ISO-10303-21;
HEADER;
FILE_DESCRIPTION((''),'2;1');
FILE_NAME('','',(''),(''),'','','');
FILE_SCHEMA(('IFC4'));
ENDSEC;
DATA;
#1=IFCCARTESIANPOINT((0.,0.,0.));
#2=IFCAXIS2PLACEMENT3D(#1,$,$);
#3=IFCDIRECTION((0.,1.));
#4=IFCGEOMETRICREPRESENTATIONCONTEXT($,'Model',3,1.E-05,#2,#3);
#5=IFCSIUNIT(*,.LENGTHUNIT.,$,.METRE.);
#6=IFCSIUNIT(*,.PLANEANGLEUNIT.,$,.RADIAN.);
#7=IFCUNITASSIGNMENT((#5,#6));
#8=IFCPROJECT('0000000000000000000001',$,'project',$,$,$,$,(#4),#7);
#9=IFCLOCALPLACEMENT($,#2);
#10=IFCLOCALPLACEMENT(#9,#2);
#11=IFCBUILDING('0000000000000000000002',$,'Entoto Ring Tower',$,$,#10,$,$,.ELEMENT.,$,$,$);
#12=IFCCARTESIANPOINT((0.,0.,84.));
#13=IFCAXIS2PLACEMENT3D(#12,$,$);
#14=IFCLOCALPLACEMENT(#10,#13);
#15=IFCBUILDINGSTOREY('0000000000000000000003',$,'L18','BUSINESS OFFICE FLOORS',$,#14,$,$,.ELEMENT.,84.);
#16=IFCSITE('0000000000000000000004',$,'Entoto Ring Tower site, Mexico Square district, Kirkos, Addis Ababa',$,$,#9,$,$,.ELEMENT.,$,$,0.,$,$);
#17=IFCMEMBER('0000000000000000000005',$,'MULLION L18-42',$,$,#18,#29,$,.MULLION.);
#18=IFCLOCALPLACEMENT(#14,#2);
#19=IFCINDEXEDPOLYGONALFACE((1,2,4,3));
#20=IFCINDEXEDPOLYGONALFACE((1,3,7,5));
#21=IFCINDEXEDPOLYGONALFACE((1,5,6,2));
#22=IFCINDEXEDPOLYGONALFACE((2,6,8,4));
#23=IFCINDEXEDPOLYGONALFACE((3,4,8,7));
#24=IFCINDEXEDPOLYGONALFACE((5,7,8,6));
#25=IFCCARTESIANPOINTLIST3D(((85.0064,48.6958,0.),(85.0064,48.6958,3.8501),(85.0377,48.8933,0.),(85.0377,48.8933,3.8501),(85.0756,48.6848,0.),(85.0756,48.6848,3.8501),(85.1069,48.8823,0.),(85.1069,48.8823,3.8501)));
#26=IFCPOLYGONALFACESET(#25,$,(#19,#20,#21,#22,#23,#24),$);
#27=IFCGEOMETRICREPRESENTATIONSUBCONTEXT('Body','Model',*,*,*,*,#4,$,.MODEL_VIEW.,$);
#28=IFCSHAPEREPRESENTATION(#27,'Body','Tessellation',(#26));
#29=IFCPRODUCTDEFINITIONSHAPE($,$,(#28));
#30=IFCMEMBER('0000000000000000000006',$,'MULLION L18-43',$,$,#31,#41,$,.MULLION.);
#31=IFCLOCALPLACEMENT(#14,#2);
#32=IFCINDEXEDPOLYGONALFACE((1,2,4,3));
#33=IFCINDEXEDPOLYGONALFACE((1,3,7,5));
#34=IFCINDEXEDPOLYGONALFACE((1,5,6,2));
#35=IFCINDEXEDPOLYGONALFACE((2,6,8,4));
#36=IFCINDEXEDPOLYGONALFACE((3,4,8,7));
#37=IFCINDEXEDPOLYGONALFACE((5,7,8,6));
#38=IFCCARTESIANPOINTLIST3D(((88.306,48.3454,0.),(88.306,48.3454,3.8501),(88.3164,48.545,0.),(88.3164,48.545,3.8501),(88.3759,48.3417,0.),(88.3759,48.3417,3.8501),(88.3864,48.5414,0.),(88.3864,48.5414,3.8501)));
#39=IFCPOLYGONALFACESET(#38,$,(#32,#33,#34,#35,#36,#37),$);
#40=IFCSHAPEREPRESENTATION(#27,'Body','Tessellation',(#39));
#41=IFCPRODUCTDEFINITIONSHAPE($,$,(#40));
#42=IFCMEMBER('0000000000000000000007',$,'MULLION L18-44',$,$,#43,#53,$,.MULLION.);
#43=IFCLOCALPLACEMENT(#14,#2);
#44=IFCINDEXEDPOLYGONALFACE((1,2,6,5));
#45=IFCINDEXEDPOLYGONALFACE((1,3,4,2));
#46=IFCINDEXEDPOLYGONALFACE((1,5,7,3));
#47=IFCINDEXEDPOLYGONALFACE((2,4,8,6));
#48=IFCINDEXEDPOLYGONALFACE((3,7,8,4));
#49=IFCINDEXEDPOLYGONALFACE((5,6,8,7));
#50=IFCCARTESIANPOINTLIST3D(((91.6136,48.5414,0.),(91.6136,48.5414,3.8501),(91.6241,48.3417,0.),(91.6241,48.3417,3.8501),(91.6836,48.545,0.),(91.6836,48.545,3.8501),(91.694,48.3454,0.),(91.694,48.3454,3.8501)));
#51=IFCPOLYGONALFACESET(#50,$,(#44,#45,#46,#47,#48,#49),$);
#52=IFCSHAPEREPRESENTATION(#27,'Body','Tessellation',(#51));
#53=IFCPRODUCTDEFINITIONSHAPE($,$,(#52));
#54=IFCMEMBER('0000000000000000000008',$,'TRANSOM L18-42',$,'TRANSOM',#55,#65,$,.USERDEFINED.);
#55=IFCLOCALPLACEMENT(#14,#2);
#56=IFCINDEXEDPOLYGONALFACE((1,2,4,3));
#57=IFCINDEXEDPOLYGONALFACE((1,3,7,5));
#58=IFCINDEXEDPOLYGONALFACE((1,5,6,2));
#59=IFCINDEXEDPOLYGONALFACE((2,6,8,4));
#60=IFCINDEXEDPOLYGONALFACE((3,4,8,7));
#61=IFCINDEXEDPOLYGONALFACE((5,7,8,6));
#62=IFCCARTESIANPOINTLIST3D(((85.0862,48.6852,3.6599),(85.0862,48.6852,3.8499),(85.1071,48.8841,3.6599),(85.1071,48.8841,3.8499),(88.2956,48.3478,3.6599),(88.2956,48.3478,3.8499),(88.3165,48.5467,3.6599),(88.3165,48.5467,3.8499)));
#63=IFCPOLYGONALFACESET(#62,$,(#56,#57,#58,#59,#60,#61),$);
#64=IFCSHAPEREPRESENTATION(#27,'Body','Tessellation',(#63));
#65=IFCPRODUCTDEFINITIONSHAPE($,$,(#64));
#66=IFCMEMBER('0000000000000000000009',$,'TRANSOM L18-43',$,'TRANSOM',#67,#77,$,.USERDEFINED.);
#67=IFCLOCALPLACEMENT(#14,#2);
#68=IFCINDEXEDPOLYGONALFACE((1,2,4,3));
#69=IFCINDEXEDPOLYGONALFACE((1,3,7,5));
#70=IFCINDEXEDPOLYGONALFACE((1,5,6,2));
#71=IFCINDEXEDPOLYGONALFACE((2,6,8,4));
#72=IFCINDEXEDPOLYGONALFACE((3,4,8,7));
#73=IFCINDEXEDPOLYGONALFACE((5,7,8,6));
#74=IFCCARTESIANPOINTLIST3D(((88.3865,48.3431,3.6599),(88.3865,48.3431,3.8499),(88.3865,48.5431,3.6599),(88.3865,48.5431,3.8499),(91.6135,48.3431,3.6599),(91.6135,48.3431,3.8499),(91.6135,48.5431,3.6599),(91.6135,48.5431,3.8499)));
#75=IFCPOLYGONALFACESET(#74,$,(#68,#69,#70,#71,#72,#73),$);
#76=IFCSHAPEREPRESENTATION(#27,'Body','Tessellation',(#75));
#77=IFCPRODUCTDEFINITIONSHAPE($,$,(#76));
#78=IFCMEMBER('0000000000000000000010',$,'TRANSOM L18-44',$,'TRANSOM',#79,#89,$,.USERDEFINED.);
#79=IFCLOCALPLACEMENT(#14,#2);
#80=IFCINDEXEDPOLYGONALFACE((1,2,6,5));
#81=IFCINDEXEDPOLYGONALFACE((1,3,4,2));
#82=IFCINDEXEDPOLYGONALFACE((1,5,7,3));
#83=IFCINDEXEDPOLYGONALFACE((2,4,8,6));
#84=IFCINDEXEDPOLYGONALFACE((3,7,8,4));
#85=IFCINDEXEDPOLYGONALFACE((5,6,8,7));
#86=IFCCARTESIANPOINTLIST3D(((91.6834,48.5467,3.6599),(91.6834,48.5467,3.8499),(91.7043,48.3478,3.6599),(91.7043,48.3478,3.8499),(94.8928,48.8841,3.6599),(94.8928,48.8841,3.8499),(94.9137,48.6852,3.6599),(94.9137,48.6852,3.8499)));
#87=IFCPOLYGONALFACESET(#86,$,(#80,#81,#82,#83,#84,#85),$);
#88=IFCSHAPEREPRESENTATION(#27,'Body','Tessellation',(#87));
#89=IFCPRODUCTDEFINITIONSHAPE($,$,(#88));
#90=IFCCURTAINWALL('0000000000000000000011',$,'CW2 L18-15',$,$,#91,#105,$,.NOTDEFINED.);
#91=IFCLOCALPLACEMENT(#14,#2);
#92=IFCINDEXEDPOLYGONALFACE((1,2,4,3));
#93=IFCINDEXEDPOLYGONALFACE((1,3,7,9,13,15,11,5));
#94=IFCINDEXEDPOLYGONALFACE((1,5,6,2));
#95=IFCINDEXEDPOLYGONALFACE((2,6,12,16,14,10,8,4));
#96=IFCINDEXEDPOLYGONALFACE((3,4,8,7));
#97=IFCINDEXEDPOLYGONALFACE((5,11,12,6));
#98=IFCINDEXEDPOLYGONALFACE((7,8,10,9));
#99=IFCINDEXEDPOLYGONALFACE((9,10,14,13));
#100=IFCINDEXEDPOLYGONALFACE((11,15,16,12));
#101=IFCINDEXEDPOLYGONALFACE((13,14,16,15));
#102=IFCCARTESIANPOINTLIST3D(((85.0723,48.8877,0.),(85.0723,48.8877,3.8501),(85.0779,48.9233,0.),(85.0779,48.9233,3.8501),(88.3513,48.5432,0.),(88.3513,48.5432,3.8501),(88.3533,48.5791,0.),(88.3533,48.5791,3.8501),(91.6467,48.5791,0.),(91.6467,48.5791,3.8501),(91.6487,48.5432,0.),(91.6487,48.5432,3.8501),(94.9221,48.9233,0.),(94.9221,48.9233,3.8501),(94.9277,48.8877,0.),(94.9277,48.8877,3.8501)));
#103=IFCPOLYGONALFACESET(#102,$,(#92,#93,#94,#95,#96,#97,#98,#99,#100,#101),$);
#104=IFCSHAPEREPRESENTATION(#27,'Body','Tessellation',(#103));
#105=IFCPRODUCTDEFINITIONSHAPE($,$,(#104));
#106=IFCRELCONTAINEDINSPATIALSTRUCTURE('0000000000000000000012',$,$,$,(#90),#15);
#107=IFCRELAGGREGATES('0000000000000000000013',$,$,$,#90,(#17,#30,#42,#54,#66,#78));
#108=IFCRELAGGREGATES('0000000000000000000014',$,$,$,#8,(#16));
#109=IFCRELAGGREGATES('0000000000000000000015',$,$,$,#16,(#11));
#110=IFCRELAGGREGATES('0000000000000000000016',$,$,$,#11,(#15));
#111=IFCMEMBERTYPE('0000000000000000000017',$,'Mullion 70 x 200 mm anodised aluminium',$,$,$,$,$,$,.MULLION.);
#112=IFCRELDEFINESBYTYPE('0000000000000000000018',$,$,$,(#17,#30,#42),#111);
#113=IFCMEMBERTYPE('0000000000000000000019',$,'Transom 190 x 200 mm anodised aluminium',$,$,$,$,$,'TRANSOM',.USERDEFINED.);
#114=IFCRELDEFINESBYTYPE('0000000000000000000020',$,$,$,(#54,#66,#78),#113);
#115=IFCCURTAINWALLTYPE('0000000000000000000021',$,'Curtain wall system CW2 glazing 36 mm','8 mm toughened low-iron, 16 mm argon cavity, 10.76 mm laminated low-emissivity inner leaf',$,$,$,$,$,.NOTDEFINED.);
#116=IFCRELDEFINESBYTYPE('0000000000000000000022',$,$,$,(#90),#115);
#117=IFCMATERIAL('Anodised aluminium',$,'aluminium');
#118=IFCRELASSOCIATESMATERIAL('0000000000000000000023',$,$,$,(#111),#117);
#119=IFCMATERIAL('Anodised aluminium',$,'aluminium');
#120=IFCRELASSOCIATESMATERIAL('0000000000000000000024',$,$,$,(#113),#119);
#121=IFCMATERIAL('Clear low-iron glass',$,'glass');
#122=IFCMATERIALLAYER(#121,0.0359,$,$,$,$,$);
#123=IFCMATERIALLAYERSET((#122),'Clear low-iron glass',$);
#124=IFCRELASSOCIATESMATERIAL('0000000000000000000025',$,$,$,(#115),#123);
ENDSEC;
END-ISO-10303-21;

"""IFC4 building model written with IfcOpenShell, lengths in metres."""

from ifc_helpers import new_model, si_unit, direction, frame, origin, origin_2d, place, context, subcontext, project, spatial, polyline, rectangle, outline, extrude, material, layer, layer_set, material_profile, profile_set, type_object, element, aggregate, save


model = new_model("IFC4")

# Units and contexts
model_context = context("Model", 3, precision=1e-05, world=origin(), true_north=direction((0.0, 1.0)))
body_context = subcontext(model_context, "Body", "Model", "MODEL_VIEW")
ifc_project = project(units=[si_unit("LENGTHUNIT", "METRE"), si_unit("PLANEANGLEUNIT", "RADIAN")], contexts=[model_context])

# Members
ifc_material_1 = material(Name="Anodised aluminium", Category="aluminium")
ifc_material_profile_1 = material_profile(ifc_material_1, rectangle(XDim=0.0701, YDim=0.2, at=origin_2d()), Name="Mullion 70 x 200 mm anodised aluminium")
ifc_profile_set_1 = profile_set([ifc_material_profile_1], Name="Anodised aluminium")
member_type_1 = type_object("IfcMemberType", Name="Mullion 70 x 200 mm anodised aluminium", PredefinedType="MULLION", material=ifc_profile_set_1)
site_placement = place(None, origin())
building_placement = place(site_placement, origin())
storey_placement = place(building_placement, frame((0.0, 0.0, 84.0)))
member_1_placement = place(storey_placement, frame((85.0566, 48.7891, 0.0), z_axis=(0.0, 0.0, 1.0), x_axis=(0.987688, -0.156434, 0.0)))
member_1 = element("IfcMember", 1, at=member_1_placement, type_object=member_type_1, Name="MULLION L18-42", PredefinedType="MULLION", context=body_context, shape_type="SweptSolid", body=[
    extrude(rectangle(XDim=0.0701, YDim=0.2, at=origin_2d()), origin(), (0.0, 0.0, 1.0), 3.8501),
])
member_2_placement = place(storey_placement, frame((88.3462, 48.4434, 0.0), z_axis=(0.0, 0.0, 1.0), x_axis=(0.99863, -0.052336, 0.0)))
member_2 = element("IfcMember", 2, at=member_2_placement, type_object=member_type_1, Name="MULLION L18-43", PredefinedType="MULLION", context=body_context, shape_type="SweptSolid", body=[
    extrude(rectangle(XDim=0.0701, YDim=0.2, at=origin_2d()), origin(), (0.0, 0.0, 1.0), 3.8501),
])
member_3_placement = place(storey_placement, frame((91.6538, 48.4434, 0.0), z_axis=(0.0, 0.0, 1.0), x_axis=(0.99863, 0.052336, 0.0)))
member_3 = element("IfcMember", 3, at=member_3_placement, type_object=member_type_1, Name="MULLION L18-44", PredefinedType="MULLION", context=body_context, shape_type="SweptSolid", body=[
    extrude(rectangle(XDim=0.0701, YDim=0.2, at=origin_2d()), origin(), (0.0, 0.0, 1.0), 3.8501),
])
ifc_material_2 = material(Name="Anodised aluminium", Category="aluminium")
ifc_material_profile_2 = material_profile(ifc_material_2, rectangle(XDim=0.2, YDim=0.1899, at=origin_2d()), Name="Transom 190 x 200 mm anodised aluminium")
ifc_profile_set_2 = profile_set([ifc_material_profile_2], Name="Anodised aluminium")
member_type_2 = type_object("IfcMemberType", Name="Transom 190 x 200 mm anodised aluminium", ElementType="TRANSOM", PredefinedType="USERDEFINED", material=ifc_profile_set_2)
member_4_placement = place(storey_placement, frame((85.0967, 48.7847, 3.7549), z_axis=(0.99452, -0.104551, 0.0), x_axis=(0.104551, 0.99452, 0.0)))
member_4 = element("IfcMember", 4, at=member_4_placement, type_object=member_type_2, Name="TRANSOM L18-42", ObjectType="TRANSOM", PredefinedType="USERDEFINED", context=body_context, shape_type="SweptSolid", body=[
    extrude(rectangle(XDim=0.2, YDim=0.1899, at=origin_2d()), origin(), (0.0, 0.0, 1.0), 3.2271),
])
member_5_placement = place(storey_placement, frame((88.3865, 48.4431, 3.7549), z_axis=(1.0, 0.0, 0.0), x_axis=(0.0, 1.0, 0.0)))
member_5 = element("IfcMember", 5, at=member_5_placement, type_object=member_type_2, Name="TRANSOM L18-43", ObjectType="TRANSOM", PredefinedType="USERDEFINED", context=body_context, shape_type="SweptSolid", body=[
    extrude(rectangle(XDim=0.2, YDim=0.1899, at=origin_2d()), origin(), (0.0, 0.0, 1.0), 3.2271),
])
member_6_placement = place(storey_placement, frame((91.6938, 48.4473, 3.7549), z_axis=(0.99452, 0.104551, 0.0), x_axis=(-0.104551, 0.99452, 0.0)))
member_6 = element("IfcMember", 6, at=member_6_placement, type_object=member_type_2, Name="TRANSOM L18-44", ObjectType="TRANSOM", PredefinedType="USERDEFINED", context=body_context, shape_type="SweptSolid", body=[
    extrude(rectangle(XDim=0.2, YDim=0.1899, at=origin_2d()), origin(), (0.0, 0.0, 1.0), 3.2271),
])

# Site, building, storey
site = spatial("IfcSite", under=ifc_project, at=site_placement, Name="Entoto Ring Tower site, Mexico Square district, Kirkos, Addis Ababa", CompositionType="ELEMENT", RefElevation=0.0)
building = spatial("IfcBuilding", under=site, at=building_placement, Name="Entoto Ring Tower", CompositionType="ELEMENT")
storey = spatial("IfcBuildingStorey", under=building, at=storey_placement, Name="L18", Description="BUSINESS OFFICE FLOORS", CompositionType="ELEMENT", Elevation=84.0)

# Curtain wall
ifc_material_3 = material(Name="Clear low-iron glass", Category="glass")
ifc_layer = layer(ifc_material_3, 0.0359)
ifc_layer_set = layer_set([ifc_layer], Name="Clear low-iron glass")
curtain_wall_type = type_object("IfcCurtainWallType", Name="Curtain wall system CW2 glazing 36 mm", Description="8 mm toughened low-iron, 16 mm argon cavity, 10.76 mm laminated low-emissivity inner leaf", PredefinedType="NOTDEFINED", material=ifc_layer_set)
curtain_wall_1_placement = place(storey_placement, origin())
curtain_wall_1 = element("IfcCurtainWall", 7, at=curtain_wall_1_placement, inside=storey, type_object=curtain_wall_type, Name="CW2 L18-15", PredefinedType="NOTDEFINED", context=body_context, shape_type="SweptSolid", body=[
    extrude(outline(polyline([(85.0723, 48.8877), (88.3513, 48.5432), (91.6487, 48.5432), (94.9277, 48.8877), (94.9221, 48.9233), (91.6467, 48.5791), (88.3533, 48.5791), (85.0779, 48.9233), (85.0723, 48.8877)])), origin(), (0.0, 0.0, 1.0), 3.8501),
])
aggregate(curtain_wall_1, [member_1, member_2, member_3, member_4, member_5, member_6])

save(model, "model.ifc")
